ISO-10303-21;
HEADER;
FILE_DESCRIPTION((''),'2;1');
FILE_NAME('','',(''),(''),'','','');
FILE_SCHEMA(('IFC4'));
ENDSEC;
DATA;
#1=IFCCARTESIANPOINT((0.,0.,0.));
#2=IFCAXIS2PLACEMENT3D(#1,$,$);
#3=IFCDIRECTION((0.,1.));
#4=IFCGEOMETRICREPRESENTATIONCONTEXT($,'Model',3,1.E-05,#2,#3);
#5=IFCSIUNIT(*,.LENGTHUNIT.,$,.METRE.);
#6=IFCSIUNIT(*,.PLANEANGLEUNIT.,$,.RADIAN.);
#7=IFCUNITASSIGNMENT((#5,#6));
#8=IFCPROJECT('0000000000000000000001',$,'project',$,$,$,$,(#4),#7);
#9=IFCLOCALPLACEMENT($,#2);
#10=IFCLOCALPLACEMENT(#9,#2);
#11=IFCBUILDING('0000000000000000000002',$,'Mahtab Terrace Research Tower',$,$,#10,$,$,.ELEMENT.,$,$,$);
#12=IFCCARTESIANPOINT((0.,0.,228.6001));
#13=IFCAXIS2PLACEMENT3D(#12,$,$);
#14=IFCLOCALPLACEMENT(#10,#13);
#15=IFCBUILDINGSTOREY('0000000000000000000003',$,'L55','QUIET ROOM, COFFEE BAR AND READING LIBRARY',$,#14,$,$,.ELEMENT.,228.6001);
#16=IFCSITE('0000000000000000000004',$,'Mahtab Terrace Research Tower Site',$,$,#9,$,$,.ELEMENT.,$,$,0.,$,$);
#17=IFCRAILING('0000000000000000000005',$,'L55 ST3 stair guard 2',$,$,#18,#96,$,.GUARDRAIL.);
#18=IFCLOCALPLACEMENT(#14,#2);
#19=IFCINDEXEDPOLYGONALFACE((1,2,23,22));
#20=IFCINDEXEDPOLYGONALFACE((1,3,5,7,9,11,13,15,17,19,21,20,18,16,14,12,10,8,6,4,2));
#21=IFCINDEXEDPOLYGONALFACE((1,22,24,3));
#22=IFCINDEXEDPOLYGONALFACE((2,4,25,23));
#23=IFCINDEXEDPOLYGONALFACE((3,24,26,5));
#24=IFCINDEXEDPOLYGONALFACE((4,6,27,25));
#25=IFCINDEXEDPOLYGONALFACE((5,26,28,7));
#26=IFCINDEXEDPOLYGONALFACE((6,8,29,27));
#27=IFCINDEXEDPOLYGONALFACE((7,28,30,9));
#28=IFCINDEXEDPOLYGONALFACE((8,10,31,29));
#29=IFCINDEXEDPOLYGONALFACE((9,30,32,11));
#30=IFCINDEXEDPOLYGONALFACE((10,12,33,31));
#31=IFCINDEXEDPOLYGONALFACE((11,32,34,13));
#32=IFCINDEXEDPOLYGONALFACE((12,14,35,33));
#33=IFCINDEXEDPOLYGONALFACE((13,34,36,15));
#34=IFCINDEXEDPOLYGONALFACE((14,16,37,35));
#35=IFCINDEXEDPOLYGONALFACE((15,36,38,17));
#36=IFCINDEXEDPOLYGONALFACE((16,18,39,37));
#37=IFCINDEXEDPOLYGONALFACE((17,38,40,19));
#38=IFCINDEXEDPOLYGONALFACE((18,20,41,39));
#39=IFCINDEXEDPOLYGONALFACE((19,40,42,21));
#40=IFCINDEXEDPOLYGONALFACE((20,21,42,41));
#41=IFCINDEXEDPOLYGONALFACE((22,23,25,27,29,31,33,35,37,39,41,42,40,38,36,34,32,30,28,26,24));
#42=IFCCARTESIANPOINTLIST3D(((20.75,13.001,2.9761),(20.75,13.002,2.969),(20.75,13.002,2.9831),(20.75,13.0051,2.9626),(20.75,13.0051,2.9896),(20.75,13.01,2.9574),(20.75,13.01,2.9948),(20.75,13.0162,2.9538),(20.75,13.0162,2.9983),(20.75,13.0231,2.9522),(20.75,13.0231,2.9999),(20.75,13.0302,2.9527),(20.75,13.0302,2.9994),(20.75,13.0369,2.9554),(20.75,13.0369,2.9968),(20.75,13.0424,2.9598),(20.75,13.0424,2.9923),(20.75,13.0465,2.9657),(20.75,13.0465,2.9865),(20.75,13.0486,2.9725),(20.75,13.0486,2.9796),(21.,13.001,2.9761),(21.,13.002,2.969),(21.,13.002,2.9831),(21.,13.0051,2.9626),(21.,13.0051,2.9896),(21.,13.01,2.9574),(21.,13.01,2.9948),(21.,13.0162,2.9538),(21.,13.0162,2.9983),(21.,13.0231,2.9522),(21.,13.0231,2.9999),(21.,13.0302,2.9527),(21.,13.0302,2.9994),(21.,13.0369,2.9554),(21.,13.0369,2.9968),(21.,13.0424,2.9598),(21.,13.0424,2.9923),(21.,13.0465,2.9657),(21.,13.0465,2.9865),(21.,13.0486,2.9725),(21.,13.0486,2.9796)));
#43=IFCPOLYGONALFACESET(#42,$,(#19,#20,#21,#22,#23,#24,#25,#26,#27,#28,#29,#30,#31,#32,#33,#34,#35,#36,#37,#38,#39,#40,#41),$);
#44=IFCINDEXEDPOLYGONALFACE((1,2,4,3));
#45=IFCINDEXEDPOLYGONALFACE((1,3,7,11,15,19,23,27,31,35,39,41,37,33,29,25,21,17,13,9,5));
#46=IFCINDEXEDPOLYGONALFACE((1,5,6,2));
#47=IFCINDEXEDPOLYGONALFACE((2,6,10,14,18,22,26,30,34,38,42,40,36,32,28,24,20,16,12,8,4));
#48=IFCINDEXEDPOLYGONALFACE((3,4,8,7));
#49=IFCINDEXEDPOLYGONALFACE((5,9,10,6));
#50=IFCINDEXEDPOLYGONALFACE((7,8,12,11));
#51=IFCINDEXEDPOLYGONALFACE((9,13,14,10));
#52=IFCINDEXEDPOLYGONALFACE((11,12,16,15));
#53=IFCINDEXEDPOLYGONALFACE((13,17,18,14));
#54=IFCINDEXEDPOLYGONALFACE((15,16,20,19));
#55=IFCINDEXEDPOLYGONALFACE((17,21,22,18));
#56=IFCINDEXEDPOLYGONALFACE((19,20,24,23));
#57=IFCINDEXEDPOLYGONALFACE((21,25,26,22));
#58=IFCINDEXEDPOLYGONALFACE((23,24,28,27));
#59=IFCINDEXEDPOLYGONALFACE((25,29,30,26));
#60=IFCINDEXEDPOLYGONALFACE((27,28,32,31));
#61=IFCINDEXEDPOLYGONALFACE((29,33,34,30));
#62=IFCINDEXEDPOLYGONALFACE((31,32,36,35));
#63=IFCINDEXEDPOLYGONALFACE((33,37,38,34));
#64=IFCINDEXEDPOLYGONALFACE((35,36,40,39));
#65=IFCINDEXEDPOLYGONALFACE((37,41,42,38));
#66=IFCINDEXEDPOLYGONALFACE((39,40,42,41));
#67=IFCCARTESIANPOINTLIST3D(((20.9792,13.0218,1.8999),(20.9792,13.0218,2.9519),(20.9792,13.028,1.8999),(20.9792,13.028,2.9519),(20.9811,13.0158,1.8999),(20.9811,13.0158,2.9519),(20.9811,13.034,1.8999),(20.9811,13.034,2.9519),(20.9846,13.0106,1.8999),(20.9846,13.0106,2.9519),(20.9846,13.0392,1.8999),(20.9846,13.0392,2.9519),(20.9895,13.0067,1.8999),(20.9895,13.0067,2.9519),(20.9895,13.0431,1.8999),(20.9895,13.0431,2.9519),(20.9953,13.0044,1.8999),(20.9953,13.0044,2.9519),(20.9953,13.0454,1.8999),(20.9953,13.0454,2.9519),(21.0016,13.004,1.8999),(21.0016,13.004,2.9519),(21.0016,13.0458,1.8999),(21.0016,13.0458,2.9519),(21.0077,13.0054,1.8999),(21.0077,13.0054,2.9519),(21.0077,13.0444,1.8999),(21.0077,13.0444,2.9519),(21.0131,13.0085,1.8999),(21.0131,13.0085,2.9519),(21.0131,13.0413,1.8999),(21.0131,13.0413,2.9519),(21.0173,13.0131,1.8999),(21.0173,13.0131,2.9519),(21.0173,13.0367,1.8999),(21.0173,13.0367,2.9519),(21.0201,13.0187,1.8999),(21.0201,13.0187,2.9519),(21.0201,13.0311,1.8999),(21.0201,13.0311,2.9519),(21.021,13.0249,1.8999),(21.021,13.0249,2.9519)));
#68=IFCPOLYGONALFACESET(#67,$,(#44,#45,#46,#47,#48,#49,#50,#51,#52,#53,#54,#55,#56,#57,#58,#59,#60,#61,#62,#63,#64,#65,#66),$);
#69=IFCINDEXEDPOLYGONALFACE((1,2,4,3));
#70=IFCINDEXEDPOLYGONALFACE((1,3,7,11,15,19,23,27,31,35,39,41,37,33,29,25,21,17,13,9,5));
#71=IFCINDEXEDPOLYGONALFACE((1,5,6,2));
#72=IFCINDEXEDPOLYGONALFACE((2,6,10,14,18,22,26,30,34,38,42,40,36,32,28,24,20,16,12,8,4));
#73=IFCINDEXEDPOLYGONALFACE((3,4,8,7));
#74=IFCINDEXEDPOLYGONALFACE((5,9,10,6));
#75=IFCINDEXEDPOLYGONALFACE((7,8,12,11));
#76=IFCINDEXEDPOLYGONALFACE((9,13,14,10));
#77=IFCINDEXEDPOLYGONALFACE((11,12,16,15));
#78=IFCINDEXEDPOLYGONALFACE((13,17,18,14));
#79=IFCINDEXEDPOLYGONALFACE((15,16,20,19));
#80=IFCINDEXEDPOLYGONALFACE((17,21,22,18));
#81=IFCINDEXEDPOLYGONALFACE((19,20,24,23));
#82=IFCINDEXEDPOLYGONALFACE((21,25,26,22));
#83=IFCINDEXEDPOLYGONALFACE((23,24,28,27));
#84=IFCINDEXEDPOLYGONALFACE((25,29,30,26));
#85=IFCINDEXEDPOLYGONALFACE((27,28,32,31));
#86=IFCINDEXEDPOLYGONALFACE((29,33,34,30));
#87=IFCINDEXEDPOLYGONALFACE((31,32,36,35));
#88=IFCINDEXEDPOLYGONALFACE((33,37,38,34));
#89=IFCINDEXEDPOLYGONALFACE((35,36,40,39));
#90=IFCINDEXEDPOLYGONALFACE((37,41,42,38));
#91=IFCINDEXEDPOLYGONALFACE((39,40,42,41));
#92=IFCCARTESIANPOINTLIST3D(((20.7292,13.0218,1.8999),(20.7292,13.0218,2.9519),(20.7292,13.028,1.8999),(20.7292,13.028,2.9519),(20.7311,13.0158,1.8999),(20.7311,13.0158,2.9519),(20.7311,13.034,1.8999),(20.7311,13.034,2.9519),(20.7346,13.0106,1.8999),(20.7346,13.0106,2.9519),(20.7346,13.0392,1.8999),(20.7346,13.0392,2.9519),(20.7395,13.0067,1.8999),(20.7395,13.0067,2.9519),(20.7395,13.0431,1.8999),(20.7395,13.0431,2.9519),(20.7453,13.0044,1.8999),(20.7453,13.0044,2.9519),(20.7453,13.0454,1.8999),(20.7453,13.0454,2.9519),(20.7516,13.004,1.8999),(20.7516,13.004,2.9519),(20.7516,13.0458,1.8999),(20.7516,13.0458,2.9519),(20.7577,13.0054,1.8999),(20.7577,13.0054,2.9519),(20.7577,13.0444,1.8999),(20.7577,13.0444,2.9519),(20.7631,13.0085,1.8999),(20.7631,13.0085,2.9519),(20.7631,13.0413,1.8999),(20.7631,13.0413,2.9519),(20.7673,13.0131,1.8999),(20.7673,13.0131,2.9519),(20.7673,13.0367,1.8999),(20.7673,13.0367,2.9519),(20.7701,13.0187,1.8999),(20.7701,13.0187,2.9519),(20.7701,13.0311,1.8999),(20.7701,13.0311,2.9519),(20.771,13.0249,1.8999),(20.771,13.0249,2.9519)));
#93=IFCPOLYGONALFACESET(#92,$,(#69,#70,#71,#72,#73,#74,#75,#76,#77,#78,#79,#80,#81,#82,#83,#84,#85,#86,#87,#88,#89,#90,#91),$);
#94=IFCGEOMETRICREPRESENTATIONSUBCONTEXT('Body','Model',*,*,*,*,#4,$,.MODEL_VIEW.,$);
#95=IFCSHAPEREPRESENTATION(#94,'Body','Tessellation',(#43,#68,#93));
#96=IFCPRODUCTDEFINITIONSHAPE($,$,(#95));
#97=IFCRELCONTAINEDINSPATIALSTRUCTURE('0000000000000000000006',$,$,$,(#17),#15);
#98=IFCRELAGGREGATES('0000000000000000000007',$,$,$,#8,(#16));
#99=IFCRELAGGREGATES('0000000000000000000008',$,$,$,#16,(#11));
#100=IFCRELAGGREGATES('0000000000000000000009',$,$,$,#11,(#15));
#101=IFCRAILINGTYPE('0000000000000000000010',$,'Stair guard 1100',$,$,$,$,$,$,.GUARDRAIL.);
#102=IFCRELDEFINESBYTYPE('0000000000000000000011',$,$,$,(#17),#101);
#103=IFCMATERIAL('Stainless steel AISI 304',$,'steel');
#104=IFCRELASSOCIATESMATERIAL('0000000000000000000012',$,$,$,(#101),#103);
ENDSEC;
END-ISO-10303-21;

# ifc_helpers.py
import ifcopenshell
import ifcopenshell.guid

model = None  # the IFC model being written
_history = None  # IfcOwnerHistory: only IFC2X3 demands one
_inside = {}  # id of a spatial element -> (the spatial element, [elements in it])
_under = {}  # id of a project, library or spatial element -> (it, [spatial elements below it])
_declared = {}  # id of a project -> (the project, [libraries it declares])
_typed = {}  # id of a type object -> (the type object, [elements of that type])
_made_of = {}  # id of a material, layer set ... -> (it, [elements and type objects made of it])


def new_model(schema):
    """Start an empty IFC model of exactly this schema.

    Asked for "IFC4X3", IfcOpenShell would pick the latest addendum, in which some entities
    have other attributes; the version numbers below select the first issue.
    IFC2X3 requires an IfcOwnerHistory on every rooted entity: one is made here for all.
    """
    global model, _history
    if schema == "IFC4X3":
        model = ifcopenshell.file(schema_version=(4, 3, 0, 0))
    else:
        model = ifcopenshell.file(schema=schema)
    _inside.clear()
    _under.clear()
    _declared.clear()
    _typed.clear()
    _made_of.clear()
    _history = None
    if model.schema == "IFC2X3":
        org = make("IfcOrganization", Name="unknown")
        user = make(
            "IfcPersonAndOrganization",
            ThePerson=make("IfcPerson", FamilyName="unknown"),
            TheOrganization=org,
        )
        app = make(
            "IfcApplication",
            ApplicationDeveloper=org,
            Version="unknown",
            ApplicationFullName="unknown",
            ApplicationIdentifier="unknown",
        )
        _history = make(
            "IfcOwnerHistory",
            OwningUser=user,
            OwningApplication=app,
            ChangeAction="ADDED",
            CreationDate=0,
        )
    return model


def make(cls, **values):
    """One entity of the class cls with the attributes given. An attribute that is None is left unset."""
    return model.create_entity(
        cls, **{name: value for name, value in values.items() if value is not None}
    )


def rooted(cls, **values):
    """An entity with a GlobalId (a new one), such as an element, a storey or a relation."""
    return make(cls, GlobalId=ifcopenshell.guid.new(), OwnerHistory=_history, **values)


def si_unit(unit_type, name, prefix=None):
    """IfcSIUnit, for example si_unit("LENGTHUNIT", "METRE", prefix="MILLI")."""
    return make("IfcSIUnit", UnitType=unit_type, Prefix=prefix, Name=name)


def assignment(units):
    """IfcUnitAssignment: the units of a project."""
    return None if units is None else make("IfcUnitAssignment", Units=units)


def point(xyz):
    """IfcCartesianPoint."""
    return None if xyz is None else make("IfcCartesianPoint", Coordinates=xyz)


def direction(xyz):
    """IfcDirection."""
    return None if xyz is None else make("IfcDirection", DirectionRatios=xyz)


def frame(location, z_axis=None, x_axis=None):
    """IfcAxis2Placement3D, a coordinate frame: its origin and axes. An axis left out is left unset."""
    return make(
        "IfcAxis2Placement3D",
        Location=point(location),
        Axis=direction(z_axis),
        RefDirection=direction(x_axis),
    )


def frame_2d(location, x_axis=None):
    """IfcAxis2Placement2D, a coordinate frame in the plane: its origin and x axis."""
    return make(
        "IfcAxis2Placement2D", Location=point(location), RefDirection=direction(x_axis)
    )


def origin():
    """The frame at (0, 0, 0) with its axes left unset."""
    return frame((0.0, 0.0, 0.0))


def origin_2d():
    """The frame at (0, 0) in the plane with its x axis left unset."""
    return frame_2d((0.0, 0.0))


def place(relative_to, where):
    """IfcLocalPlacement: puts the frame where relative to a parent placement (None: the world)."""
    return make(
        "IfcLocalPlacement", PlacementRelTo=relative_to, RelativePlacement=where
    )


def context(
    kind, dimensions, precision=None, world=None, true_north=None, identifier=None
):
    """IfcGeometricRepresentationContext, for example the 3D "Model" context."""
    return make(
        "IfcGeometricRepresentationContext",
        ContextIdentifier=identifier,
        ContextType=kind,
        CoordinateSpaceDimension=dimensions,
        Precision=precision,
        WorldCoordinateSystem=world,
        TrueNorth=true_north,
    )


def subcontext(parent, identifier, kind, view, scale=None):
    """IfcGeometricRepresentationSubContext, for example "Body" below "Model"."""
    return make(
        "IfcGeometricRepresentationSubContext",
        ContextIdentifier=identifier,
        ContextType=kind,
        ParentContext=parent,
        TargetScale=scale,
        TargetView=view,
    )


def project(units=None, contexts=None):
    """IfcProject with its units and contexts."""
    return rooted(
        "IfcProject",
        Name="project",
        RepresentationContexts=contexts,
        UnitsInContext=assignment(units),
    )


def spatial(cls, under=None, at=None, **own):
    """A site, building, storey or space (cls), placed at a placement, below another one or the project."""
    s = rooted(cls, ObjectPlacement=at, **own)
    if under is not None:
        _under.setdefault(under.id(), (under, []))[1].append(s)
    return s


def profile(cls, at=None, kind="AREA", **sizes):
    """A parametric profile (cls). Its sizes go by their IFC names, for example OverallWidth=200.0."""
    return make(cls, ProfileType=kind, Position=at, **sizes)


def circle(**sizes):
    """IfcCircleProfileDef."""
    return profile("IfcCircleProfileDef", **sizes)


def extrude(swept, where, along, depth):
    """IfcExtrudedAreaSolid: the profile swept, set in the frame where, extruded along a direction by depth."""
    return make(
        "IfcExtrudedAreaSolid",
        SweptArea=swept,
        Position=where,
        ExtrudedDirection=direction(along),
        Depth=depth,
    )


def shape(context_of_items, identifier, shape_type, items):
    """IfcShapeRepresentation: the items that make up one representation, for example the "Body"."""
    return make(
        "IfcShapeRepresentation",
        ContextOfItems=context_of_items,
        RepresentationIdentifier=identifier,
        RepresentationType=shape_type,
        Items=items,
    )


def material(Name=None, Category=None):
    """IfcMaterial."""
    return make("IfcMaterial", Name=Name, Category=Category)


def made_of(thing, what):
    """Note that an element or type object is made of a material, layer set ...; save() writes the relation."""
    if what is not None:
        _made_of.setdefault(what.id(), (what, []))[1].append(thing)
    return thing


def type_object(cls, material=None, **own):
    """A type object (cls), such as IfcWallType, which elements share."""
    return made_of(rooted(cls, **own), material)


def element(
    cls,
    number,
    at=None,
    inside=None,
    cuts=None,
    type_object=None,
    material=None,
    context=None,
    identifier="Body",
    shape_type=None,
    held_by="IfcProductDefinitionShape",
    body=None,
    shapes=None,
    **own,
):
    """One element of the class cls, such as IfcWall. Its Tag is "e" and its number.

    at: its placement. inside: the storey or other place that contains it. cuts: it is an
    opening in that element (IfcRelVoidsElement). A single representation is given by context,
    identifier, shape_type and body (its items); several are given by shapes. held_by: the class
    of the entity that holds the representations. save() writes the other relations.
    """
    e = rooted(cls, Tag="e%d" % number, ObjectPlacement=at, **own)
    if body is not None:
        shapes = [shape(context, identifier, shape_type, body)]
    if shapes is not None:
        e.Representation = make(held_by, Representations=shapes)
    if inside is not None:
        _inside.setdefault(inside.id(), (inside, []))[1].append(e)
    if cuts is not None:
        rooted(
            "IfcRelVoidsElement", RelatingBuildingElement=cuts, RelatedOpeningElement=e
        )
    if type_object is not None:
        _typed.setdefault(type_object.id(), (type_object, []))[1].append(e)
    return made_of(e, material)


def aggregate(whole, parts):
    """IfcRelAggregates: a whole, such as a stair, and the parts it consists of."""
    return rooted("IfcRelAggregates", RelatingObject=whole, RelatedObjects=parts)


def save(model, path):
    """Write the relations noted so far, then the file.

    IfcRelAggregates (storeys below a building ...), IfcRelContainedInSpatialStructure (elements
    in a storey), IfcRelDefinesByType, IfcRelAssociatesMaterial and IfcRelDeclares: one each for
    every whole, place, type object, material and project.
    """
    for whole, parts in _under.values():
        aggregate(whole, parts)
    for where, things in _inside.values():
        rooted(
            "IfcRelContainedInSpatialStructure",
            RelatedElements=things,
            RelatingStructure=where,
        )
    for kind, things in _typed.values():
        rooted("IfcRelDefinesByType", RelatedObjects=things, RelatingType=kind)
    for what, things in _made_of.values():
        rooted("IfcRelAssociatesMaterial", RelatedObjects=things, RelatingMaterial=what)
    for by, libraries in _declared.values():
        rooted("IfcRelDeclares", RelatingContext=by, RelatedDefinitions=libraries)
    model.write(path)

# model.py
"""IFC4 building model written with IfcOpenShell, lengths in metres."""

from ifc_helpers import new_model, si_unit, direction, frame, origin, origin_2d, place, context, subcontext, project, spatial, circle, extrude, material, type_object, element, save


model = new_model("IFC4")

# Units and contexts
model_context = context("Model", 3, precision=1e-05, world=origin(), true_north=direction((0.0, 1.0)))
body_context = subcontext(model_context, "Body", "Model", "MODEL_VIEW")
ifc_project = project(units=[si_unit("LENGTHUNIT", "METRE"), si_unit("PLANEANGLEUNIT", "RADIAN")], contexts=[model_context])

# Site, building, storey
site_placement = place(None, origin())
site = spatial("IfcSite", under=ifc_project, at=site_placement, Name="Mahtab Terrace Research Tower Site", CompositionType="ELEMENT", RefElevation=0.0)
building_placement = place(site_placement, origin())
building = spatial("IfcBuilding", under=site, at=building_placement, Name="Mahtab Terrace Research Tower", CompositionType="ELEMENT")
storey_placement = place(building_placement, frame((0.0, 0.0, 228.6001)))
storey = spatial("IfcBuildingStorey", under=building, at=storey_placement, Name="L55", Description="QUIET ROOM, COFFEE BAR AND READING LIBRARY", CompositionType="ELEMENT", Elevation=228.6001)

# Shared definitions
ifc_material_1 = material(Name="Stainless steel AISI 304", Category="steel")

# Railing
railing_type_1 = type_object("IfcRailingType", Name="Stair guard 1100", PredefinedType="GUARDRAIL", material=ifc_material_1)
railing_1_placement = place(storey_placement, frame((21.0, 13.0249, 1.8999)))
element("IfcRailing", 1, at=railing_1_placement, inside=storey, type_object=railing_type_1, Name="L55 ST3 stair guard 2", PredefinedType="GUARDRAIL", context=body_context, shape_type="SweptSolid", body=[
    extrude(circle(Radius=0.0239, at=origin_2d()), frame((0.0, 0.0, 1.0762), z_axis=(-1.0, 0.0, 0.0), x_axis=(0.0, -1.0, 0.0)), (0.0, 0.0, 1.0), 0.25),
    extrude(circle(Radius=0.021, at=origin_2d()), origin(), (0.0, 0.0, 1.0), 1.052),
    extrude(circle(Radius=0.021, at=origin_2d()), frame((-0.25, 0.0, 0.0)), (0.0, 0.0, 1.0), 1.052),
])

save(model, "model.ifc")
